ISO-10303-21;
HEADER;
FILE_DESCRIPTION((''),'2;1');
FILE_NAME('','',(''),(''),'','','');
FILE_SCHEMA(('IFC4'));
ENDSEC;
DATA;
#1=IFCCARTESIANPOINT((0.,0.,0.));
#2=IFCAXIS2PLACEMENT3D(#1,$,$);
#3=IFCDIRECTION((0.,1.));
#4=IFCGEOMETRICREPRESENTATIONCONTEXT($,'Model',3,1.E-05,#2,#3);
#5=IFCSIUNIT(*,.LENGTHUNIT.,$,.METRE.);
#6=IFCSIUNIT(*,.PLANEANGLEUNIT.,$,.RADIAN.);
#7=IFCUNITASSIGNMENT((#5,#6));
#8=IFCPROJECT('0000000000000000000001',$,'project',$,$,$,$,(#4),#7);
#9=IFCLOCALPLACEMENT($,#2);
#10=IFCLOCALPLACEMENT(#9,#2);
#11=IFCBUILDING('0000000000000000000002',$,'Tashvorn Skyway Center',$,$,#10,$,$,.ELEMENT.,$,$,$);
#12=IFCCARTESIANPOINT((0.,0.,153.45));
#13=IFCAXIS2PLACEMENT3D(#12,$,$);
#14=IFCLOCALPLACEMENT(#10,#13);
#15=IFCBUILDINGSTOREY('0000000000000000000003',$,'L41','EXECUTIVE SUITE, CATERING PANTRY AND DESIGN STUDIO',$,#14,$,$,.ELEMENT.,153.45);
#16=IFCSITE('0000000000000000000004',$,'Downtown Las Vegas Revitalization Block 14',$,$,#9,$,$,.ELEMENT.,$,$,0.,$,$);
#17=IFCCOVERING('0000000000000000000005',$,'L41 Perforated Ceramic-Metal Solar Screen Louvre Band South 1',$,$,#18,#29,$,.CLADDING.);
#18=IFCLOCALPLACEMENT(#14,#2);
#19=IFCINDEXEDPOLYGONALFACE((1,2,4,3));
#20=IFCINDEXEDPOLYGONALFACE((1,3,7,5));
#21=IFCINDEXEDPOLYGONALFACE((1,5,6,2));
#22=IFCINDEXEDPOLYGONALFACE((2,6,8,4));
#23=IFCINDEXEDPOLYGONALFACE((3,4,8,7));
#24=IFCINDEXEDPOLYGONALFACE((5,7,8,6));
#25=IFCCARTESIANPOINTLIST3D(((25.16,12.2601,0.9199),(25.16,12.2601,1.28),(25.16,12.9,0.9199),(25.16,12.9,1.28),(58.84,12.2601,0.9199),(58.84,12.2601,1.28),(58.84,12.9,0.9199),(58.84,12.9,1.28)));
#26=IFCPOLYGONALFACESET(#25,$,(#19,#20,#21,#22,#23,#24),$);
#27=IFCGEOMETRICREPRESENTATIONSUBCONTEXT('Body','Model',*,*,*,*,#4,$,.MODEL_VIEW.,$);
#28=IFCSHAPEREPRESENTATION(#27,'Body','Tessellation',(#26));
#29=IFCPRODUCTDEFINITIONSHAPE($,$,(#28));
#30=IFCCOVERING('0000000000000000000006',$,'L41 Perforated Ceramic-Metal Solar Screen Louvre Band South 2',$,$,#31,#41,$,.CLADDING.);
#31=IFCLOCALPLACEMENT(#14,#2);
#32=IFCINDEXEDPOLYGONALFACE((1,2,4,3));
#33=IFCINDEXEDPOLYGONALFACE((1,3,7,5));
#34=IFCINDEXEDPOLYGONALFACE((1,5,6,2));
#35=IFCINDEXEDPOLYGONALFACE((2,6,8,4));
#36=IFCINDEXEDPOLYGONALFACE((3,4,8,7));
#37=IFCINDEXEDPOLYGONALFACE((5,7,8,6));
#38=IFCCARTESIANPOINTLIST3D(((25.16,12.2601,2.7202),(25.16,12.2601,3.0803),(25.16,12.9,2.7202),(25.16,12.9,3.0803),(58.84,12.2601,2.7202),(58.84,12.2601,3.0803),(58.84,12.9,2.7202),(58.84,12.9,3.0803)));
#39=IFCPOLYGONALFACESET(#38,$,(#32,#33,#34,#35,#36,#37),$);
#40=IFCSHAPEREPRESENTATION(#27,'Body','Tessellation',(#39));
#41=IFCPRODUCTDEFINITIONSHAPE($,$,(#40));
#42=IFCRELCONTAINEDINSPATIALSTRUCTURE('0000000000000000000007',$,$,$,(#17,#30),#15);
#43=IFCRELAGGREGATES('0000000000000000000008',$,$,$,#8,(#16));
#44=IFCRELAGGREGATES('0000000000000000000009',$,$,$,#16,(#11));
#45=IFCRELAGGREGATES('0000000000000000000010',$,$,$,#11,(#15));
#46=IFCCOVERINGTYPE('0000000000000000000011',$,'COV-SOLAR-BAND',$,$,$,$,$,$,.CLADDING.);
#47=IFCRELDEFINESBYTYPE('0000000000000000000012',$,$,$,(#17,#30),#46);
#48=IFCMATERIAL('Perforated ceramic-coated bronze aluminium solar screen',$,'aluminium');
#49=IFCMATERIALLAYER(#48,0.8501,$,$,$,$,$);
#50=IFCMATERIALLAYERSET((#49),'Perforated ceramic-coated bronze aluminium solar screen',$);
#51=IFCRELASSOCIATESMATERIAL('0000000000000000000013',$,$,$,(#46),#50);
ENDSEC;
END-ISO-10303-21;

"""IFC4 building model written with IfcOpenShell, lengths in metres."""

from ifc_helpers import new_model, si_unit, direction, frame, origin, origin_2d, place, context, subcontext, project, spatial, rectangle, extrude, material, layer, layer_set, type_object, element, save


model = new_model("IFC4")

# Units and contexts
model_context = context("Model", 3, precision=1e-05, world=origin(), true_north=direction((0.0, 1.0)))
body_context = subcontext(model_context, "Body", "Model", "MODEL_VIEW")
ifc_project = project(units=[si_unit("LENGTHUNIT", "METRE"), si_unit("PLANEANGLEUNIT", "RADIAN")], contexts=[model_context])

# Site, building, storey
site_placement = place(None, origin())
site = spatial("IfcSite", under=ifc_project, at=site_placement, Name="Downtown Las Vegas Revitalization Block 14", CompositionType="ELEMENT", RefElevation=0.0)
building_placement = place(site_placement, origin())
building = spatial("IfcBuilding", under=site, at=building_placement, Name="Tashvorn Skyway Center", CompositionType="ELEMENT")
storey_placement = place(building_placement, frame((0.0, 0.0, 153.45)))
storey = spatial("IfcBuildingStorey", under=building, at=storey_placement, Name="L41", Description="EXECUTIVE SUITE, CATERING PANTRY AND DESIGN STUDIO", CompositionType="ELEMENT", Elevation=153.45)

# Coverings
ifc_material_1 = material(Name="Perforated ceramic-coated bronze aluminium solar screen", Category="aluminium")
ifc_layer_1 = layer(ifc_material_1, 0.8501)
ifc_layer_set_1 = layer_set([ifc_layer_1], Name="Perforated ceramic-coated bronze aluminium solar screen")
covering_type = type_object("IfcCoveringType", Name="COV-SOLAR-BAND", PredefinedType="CLADDING", material=ifc_layer_set_1)
for number, where, z_axis, x_axis, name in (
    (1, (42.0, 12.5801, 0.9199), (0.0, 0.0, 1.0), (-1.0, 0.0, 0.0), "L41 Perforated Ceramic-Metal Solar Screen Louvre Band South 1"),
    (2, (42.0, 12.5801, 2.7202), (0.0, 0.0, 1.0), (-1.0, 0.0, 0.0), "L41 Perforated Ceramic-Metal Solar Screen Louvre Band South 2"),
):
    element("IfcCovering", number, at=place(storey_placement, frame(where, z_axis=z_axis, x_axis=x_axis)), inside=storey, type_object=covering_type, Name=name, PredefinedType="CLADDING", context=body_context, shape_type="SweptSolid", body=[
        extrude(rectangle(XDim=33.6799, YDim=0.6399, at=origin_2d()), origin(), (0.0, 0.0, 1.0), 0.3601),
    ])

save(model, "model.ifc")
